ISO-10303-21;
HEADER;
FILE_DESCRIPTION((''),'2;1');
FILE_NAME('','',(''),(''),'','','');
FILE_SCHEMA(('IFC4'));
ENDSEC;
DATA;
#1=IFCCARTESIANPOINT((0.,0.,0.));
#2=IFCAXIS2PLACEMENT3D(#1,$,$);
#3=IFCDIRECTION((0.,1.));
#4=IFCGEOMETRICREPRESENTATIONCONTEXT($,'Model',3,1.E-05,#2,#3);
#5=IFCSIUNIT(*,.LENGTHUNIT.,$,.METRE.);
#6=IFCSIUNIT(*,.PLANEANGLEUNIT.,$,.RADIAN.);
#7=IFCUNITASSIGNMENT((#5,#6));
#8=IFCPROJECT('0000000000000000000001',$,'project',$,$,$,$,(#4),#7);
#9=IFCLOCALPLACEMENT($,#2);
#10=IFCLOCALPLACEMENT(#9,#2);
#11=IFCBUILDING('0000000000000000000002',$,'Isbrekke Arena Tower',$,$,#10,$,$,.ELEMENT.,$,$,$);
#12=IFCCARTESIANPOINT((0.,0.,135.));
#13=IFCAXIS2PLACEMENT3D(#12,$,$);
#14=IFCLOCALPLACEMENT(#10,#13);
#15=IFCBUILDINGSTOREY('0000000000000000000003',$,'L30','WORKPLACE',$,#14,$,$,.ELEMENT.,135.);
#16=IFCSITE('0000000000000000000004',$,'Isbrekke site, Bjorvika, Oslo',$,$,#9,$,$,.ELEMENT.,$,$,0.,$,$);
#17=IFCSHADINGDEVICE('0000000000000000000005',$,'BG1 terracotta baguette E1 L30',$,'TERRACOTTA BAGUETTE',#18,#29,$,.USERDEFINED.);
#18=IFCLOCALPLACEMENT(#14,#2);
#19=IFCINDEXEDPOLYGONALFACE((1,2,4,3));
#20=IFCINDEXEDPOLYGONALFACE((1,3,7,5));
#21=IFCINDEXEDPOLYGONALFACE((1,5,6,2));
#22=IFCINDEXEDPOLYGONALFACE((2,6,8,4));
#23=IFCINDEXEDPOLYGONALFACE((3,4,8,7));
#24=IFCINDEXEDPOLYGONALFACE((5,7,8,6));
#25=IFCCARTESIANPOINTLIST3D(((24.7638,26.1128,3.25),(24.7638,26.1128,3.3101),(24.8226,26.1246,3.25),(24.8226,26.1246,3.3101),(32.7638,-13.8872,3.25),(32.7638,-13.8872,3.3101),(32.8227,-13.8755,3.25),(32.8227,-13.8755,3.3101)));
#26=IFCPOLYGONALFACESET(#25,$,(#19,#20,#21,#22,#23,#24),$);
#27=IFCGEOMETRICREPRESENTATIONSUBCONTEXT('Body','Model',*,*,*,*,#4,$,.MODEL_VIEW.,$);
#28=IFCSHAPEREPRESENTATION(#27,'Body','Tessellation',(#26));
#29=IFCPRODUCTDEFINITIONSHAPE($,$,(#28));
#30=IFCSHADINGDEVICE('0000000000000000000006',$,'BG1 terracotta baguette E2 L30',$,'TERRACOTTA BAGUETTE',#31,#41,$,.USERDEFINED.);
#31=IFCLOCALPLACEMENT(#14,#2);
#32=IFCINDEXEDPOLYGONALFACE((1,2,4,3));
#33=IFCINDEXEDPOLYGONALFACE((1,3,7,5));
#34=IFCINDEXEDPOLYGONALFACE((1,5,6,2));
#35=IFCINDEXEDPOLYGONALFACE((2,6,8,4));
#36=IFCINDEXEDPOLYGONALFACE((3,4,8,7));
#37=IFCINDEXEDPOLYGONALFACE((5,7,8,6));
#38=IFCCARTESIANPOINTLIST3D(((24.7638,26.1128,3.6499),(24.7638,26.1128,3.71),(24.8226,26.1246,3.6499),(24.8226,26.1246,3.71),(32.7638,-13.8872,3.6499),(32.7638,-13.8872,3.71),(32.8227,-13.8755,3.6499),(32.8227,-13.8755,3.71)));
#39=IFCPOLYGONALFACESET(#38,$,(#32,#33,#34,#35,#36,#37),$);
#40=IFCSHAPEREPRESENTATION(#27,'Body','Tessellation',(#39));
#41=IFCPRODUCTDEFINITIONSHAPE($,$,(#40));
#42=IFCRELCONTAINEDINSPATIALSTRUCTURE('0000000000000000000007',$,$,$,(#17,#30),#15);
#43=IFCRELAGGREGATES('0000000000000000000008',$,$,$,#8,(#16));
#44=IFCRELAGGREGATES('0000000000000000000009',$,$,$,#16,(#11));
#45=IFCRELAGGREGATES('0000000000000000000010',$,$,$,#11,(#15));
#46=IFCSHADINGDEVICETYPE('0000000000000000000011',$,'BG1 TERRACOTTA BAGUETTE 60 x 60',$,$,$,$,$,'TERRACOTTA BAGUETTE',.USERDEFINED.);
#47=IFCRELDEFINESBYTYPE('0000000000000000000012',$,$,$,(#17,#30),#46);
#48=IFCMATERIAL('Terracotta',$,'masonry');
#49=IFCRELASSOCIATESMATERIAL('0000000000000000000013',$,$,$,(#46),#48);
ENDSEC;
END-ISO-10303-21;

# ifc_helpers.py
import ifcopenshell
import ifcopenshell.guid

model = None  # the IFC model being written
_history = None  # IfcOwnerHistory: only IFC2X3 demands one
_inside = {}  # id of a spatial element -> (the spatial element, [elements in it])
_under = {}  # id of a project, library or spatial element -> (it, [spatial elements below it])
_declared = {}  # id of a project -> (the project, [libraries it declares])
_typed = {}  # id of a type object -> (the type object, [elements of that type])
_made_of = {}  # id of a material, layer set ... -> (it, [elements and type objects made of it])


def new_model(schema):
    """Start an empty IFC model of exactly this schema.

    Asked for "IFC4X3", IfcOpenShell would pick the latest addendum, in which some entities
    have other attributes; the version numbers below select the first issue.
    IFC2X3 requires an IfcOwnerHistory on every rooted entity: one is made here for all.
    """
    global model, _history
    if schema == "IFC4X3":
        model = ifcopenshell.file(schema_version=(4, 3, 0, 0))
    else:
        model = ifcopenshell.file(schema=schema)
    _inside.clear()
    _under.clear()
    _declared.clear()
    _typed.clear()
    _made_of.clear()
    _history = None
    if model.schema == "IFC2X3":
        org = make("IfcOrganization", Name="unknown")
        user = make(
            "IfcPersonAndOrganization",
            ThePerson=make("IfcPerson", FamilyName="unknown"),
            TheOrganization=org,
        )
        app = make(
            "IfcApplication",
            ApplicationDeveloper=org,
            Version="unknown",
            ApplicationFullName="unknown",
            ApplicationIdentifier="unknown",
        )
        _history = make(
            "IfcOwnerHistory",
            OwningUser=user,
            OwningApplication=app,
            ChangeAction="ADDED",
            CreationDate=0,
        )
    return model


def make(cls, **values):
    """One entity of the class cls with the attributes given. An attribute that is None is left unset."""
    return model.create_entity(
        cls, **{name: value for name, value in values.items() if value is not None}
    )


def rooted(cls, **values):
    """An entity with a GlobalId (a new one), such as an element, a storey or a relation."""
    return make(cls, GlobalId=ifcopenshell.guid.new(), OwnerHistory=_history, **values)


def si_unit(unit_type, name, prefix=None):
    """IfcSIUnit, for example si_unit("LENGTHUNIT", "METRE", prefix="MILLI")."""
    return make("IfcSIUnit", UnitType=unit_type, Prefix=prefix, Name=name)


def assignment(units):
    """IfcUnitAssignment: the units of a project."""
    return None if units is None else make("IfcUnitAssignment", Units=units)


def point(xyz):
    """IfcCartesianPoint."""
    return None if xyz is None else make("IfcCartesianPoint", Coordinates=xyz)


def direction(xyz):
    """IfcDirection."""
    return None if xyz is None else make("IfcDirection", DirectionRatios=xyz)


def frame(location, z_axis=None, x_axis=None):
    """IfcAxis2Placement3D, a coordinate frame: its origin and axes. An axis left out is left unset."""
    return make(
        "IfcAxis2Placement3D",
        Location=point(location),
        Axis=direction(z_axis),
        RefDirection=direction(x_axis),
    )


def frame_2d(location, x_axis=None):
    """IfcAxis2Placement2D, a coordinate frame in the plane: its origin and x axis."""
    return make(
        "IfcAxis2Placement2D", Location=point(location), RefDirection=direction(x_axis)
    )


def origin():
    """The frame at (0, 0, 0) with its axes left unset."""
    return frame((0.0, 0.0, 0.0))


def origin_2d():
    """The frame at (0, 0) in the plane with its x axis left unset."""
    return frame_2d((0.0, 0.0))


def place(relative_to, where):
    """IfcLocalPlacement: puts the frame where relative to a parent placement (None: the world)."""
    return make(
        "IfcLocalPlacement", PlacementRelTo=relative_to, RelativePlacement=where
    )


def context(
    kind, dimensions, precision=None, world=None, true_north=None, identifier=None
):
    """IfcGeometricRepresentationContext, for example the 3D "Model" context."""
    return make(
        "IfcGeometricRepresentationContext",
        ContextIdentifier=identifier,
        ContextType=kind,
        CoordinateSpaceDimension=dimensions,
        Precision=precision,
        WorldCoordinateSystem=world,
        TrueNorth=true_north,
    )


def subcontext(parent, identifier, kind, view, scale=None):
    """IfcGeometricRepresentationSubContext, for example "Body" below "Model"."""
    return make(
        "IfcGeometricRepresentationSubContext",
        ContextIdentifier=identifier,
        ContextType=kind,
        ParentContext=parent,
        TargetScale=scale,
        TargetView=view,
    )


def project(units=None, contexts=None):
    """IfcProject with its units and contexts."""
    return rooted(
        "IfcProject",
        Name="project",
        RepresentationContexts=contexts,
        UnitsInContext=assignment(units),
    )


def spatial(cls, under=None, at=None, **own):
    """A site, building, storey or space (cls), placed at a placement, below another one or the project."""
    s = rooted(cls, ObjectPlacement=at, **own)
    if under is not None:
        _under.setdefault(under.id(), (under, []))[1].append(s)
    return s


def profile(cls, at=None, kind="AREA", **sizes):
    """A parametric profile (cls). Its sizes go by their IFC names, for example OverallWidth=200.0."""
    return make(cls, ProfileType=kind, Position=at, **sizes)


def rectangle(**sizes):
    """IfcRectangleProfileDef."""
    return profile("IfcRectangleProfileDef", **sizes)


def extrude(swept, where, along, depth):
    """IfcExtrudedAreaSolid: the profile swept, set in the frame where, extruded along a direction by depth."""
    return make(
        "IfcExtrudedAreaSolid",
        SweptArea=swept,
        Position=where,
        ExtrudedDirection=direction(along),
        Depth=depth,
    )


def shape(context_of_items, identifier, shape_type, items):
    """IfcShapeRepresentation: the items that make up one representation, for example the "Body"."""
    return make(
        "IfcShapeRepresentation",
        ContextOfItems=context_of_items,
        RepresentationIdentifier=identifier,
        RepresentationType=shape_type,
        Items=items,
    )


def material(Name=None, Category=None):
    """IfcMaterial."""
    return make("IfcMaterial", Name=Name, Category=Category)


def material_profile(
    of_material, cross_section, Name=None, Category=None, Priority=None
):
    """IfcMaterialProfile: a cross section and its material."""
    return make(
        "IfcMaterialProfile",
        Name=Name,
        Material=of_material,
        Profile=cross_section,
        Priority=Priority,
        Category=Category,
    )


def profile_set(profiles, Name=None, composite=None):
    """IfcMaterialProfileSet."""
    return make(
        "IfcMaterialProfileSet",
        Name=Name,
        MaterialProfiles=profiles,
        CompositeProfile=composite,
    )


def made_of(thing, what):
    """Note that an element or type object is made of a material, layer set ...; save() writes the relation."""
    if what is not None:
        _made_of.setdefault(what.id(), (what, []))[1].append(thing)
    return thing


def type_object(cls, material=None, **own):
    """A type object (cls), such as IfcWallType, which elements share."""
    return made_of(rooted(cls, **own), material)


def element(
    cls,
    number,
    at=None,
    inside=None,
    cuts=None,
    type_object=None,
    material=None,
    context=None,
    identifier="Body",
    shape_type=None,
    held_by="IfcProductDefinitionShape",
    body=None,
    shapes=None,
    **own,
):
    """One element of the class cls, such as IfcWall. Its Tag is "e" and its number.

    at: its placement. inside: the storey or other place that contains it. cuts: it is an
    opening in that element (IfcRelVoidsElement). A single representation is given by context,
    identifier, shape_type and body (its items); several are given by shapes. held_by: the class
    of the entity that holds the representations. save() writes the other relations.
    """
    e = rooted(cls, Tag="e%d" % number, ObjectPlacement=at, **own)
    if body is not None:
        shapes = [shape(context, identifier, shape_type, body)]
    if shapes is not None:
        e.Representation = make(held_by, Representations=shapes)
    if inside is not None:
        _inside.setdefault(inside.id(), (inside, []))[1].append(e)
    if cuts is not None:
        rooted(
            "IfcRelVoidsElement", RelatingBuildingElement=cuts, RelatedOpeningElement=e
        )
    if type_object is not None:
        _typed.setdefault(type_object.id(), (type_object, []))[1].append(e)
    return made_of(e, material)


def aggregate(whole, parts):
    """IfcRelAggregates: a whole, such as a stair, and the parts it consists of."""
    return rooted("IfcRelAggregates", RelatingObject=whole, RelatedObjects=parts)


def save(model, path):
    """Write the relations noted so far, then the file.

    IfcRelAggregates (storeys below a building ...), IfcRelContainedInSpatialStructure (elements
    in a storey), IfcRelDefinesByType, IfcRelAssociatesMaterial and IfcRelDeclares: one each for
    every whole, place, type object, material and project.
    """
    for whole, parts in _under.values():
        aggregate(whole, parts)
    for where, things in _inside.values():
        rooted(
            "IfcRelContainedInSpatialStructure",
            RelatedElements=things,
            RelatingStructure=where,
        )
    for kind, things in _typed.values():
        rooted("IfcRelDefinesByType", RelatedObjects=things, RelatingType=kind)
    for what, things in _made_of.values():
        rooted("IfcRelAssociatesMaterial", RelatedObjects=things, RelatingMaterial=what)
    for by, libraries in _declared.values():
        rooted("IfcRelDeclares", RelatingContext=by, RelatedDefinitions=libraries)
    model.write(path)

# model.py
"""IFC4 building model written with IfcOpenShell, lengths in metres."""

from ifc_helpers import new_model, si_unit, direction, frame, origin, origin_2d, place, context, subcontext, project, spatial, rectangle, extrude, material, material_profile, profile_set, type_object, element, save


model = new_model("IFC4")

# Units and contexts
model_context = context("Model", 3, precision=1e-05, world=origin(), true_north=direction((0.0, 1.0)))
body_context = subcontext(model_context, "Body", "Model", "MODEL_VIEW")
ifc_project = project(units=[si_unit("LENGTHUNIT", "METRE"), si_unit("PLANEANGLEUNIT", "RADIAN")], contexts=[model_context])

# Site, building, storey
site_placement = place(None, origin())
site = spatial("IfcSite", under=ifc_project, at=site_placement, Name="Isbrekke site, Bjorvika, Oslo", CompositionType="ELEMENT", RefElevation=0.0)
building_placement = place(site_placement, origin())
building = spatial("IfcBuilding", under=site, at=building_placement, Name="Isbrekke Arena Tower", CompositionType="ELEMENT")
storey_placement = place(building_placement, frame((0.0, 0.0, 135.0)))
storey = spatial("IfcBuildingStorey", under=building, at=storey_placement, Name="L30", Description="WORKPLACE", CompositionType="ELEMENT", Elevation=135.0)

# Shading devices
ifc_material_1 = material(Name="Terracotta", Category="masonry")
ifc_material_profile_1 = material_profile(ifc_material_1, rectangle(XDim=0.0601, YDim=0.0601, at=origin_2d()), Name="BAGUETTE 60X60")
ifc_profile_set_1 = profile_set([ifc_material_profile_1], Name="Terracotta")
shading_device_type = type_object("IfcShadingDeviceType", Name="BG1 TERRACOTTA BAGUETTE 60 x 60", ElementType="TERRACOTTA BAGUETTE", PredefinedType="USERDEFINED", material=ifc_profile_set_1)
for number, where, z_axis, x_axis, name in (
    (1, (32.7932, -13.8813, 3.28), (-0.196116, 0.980581, 0.0), (-0.980581, -0.196116, 0.0), "BG1 terracotta baguette E1 L30"),
    (2, (32.7932, -13.8813, 3.6799), (-0.196116, 0.980581, 0.0), (-0.980581, -0.196116, 0.0), "BG1 terracotta baguette E2 L30"),
):
    element("IfcShadingDevice", number, at=place(storey_placement, frame(where, z_axis=z_axis, x_axis=x_axis)), inside=storey, type_object=shading_device_type, Name=name, ObjectType="TERRACOTTA BAGUETTE", PredefinedType="USERDEFINED", context=body_context, shape_type="SweptSolid", body=[
        extrude(rectangle(XDim=0.0601, YDim=0.0601, at=origin_2d()), origin(), (0.0, 0.0, 1.0), 40.7922),
    ])

save(model, "model.ifc")
